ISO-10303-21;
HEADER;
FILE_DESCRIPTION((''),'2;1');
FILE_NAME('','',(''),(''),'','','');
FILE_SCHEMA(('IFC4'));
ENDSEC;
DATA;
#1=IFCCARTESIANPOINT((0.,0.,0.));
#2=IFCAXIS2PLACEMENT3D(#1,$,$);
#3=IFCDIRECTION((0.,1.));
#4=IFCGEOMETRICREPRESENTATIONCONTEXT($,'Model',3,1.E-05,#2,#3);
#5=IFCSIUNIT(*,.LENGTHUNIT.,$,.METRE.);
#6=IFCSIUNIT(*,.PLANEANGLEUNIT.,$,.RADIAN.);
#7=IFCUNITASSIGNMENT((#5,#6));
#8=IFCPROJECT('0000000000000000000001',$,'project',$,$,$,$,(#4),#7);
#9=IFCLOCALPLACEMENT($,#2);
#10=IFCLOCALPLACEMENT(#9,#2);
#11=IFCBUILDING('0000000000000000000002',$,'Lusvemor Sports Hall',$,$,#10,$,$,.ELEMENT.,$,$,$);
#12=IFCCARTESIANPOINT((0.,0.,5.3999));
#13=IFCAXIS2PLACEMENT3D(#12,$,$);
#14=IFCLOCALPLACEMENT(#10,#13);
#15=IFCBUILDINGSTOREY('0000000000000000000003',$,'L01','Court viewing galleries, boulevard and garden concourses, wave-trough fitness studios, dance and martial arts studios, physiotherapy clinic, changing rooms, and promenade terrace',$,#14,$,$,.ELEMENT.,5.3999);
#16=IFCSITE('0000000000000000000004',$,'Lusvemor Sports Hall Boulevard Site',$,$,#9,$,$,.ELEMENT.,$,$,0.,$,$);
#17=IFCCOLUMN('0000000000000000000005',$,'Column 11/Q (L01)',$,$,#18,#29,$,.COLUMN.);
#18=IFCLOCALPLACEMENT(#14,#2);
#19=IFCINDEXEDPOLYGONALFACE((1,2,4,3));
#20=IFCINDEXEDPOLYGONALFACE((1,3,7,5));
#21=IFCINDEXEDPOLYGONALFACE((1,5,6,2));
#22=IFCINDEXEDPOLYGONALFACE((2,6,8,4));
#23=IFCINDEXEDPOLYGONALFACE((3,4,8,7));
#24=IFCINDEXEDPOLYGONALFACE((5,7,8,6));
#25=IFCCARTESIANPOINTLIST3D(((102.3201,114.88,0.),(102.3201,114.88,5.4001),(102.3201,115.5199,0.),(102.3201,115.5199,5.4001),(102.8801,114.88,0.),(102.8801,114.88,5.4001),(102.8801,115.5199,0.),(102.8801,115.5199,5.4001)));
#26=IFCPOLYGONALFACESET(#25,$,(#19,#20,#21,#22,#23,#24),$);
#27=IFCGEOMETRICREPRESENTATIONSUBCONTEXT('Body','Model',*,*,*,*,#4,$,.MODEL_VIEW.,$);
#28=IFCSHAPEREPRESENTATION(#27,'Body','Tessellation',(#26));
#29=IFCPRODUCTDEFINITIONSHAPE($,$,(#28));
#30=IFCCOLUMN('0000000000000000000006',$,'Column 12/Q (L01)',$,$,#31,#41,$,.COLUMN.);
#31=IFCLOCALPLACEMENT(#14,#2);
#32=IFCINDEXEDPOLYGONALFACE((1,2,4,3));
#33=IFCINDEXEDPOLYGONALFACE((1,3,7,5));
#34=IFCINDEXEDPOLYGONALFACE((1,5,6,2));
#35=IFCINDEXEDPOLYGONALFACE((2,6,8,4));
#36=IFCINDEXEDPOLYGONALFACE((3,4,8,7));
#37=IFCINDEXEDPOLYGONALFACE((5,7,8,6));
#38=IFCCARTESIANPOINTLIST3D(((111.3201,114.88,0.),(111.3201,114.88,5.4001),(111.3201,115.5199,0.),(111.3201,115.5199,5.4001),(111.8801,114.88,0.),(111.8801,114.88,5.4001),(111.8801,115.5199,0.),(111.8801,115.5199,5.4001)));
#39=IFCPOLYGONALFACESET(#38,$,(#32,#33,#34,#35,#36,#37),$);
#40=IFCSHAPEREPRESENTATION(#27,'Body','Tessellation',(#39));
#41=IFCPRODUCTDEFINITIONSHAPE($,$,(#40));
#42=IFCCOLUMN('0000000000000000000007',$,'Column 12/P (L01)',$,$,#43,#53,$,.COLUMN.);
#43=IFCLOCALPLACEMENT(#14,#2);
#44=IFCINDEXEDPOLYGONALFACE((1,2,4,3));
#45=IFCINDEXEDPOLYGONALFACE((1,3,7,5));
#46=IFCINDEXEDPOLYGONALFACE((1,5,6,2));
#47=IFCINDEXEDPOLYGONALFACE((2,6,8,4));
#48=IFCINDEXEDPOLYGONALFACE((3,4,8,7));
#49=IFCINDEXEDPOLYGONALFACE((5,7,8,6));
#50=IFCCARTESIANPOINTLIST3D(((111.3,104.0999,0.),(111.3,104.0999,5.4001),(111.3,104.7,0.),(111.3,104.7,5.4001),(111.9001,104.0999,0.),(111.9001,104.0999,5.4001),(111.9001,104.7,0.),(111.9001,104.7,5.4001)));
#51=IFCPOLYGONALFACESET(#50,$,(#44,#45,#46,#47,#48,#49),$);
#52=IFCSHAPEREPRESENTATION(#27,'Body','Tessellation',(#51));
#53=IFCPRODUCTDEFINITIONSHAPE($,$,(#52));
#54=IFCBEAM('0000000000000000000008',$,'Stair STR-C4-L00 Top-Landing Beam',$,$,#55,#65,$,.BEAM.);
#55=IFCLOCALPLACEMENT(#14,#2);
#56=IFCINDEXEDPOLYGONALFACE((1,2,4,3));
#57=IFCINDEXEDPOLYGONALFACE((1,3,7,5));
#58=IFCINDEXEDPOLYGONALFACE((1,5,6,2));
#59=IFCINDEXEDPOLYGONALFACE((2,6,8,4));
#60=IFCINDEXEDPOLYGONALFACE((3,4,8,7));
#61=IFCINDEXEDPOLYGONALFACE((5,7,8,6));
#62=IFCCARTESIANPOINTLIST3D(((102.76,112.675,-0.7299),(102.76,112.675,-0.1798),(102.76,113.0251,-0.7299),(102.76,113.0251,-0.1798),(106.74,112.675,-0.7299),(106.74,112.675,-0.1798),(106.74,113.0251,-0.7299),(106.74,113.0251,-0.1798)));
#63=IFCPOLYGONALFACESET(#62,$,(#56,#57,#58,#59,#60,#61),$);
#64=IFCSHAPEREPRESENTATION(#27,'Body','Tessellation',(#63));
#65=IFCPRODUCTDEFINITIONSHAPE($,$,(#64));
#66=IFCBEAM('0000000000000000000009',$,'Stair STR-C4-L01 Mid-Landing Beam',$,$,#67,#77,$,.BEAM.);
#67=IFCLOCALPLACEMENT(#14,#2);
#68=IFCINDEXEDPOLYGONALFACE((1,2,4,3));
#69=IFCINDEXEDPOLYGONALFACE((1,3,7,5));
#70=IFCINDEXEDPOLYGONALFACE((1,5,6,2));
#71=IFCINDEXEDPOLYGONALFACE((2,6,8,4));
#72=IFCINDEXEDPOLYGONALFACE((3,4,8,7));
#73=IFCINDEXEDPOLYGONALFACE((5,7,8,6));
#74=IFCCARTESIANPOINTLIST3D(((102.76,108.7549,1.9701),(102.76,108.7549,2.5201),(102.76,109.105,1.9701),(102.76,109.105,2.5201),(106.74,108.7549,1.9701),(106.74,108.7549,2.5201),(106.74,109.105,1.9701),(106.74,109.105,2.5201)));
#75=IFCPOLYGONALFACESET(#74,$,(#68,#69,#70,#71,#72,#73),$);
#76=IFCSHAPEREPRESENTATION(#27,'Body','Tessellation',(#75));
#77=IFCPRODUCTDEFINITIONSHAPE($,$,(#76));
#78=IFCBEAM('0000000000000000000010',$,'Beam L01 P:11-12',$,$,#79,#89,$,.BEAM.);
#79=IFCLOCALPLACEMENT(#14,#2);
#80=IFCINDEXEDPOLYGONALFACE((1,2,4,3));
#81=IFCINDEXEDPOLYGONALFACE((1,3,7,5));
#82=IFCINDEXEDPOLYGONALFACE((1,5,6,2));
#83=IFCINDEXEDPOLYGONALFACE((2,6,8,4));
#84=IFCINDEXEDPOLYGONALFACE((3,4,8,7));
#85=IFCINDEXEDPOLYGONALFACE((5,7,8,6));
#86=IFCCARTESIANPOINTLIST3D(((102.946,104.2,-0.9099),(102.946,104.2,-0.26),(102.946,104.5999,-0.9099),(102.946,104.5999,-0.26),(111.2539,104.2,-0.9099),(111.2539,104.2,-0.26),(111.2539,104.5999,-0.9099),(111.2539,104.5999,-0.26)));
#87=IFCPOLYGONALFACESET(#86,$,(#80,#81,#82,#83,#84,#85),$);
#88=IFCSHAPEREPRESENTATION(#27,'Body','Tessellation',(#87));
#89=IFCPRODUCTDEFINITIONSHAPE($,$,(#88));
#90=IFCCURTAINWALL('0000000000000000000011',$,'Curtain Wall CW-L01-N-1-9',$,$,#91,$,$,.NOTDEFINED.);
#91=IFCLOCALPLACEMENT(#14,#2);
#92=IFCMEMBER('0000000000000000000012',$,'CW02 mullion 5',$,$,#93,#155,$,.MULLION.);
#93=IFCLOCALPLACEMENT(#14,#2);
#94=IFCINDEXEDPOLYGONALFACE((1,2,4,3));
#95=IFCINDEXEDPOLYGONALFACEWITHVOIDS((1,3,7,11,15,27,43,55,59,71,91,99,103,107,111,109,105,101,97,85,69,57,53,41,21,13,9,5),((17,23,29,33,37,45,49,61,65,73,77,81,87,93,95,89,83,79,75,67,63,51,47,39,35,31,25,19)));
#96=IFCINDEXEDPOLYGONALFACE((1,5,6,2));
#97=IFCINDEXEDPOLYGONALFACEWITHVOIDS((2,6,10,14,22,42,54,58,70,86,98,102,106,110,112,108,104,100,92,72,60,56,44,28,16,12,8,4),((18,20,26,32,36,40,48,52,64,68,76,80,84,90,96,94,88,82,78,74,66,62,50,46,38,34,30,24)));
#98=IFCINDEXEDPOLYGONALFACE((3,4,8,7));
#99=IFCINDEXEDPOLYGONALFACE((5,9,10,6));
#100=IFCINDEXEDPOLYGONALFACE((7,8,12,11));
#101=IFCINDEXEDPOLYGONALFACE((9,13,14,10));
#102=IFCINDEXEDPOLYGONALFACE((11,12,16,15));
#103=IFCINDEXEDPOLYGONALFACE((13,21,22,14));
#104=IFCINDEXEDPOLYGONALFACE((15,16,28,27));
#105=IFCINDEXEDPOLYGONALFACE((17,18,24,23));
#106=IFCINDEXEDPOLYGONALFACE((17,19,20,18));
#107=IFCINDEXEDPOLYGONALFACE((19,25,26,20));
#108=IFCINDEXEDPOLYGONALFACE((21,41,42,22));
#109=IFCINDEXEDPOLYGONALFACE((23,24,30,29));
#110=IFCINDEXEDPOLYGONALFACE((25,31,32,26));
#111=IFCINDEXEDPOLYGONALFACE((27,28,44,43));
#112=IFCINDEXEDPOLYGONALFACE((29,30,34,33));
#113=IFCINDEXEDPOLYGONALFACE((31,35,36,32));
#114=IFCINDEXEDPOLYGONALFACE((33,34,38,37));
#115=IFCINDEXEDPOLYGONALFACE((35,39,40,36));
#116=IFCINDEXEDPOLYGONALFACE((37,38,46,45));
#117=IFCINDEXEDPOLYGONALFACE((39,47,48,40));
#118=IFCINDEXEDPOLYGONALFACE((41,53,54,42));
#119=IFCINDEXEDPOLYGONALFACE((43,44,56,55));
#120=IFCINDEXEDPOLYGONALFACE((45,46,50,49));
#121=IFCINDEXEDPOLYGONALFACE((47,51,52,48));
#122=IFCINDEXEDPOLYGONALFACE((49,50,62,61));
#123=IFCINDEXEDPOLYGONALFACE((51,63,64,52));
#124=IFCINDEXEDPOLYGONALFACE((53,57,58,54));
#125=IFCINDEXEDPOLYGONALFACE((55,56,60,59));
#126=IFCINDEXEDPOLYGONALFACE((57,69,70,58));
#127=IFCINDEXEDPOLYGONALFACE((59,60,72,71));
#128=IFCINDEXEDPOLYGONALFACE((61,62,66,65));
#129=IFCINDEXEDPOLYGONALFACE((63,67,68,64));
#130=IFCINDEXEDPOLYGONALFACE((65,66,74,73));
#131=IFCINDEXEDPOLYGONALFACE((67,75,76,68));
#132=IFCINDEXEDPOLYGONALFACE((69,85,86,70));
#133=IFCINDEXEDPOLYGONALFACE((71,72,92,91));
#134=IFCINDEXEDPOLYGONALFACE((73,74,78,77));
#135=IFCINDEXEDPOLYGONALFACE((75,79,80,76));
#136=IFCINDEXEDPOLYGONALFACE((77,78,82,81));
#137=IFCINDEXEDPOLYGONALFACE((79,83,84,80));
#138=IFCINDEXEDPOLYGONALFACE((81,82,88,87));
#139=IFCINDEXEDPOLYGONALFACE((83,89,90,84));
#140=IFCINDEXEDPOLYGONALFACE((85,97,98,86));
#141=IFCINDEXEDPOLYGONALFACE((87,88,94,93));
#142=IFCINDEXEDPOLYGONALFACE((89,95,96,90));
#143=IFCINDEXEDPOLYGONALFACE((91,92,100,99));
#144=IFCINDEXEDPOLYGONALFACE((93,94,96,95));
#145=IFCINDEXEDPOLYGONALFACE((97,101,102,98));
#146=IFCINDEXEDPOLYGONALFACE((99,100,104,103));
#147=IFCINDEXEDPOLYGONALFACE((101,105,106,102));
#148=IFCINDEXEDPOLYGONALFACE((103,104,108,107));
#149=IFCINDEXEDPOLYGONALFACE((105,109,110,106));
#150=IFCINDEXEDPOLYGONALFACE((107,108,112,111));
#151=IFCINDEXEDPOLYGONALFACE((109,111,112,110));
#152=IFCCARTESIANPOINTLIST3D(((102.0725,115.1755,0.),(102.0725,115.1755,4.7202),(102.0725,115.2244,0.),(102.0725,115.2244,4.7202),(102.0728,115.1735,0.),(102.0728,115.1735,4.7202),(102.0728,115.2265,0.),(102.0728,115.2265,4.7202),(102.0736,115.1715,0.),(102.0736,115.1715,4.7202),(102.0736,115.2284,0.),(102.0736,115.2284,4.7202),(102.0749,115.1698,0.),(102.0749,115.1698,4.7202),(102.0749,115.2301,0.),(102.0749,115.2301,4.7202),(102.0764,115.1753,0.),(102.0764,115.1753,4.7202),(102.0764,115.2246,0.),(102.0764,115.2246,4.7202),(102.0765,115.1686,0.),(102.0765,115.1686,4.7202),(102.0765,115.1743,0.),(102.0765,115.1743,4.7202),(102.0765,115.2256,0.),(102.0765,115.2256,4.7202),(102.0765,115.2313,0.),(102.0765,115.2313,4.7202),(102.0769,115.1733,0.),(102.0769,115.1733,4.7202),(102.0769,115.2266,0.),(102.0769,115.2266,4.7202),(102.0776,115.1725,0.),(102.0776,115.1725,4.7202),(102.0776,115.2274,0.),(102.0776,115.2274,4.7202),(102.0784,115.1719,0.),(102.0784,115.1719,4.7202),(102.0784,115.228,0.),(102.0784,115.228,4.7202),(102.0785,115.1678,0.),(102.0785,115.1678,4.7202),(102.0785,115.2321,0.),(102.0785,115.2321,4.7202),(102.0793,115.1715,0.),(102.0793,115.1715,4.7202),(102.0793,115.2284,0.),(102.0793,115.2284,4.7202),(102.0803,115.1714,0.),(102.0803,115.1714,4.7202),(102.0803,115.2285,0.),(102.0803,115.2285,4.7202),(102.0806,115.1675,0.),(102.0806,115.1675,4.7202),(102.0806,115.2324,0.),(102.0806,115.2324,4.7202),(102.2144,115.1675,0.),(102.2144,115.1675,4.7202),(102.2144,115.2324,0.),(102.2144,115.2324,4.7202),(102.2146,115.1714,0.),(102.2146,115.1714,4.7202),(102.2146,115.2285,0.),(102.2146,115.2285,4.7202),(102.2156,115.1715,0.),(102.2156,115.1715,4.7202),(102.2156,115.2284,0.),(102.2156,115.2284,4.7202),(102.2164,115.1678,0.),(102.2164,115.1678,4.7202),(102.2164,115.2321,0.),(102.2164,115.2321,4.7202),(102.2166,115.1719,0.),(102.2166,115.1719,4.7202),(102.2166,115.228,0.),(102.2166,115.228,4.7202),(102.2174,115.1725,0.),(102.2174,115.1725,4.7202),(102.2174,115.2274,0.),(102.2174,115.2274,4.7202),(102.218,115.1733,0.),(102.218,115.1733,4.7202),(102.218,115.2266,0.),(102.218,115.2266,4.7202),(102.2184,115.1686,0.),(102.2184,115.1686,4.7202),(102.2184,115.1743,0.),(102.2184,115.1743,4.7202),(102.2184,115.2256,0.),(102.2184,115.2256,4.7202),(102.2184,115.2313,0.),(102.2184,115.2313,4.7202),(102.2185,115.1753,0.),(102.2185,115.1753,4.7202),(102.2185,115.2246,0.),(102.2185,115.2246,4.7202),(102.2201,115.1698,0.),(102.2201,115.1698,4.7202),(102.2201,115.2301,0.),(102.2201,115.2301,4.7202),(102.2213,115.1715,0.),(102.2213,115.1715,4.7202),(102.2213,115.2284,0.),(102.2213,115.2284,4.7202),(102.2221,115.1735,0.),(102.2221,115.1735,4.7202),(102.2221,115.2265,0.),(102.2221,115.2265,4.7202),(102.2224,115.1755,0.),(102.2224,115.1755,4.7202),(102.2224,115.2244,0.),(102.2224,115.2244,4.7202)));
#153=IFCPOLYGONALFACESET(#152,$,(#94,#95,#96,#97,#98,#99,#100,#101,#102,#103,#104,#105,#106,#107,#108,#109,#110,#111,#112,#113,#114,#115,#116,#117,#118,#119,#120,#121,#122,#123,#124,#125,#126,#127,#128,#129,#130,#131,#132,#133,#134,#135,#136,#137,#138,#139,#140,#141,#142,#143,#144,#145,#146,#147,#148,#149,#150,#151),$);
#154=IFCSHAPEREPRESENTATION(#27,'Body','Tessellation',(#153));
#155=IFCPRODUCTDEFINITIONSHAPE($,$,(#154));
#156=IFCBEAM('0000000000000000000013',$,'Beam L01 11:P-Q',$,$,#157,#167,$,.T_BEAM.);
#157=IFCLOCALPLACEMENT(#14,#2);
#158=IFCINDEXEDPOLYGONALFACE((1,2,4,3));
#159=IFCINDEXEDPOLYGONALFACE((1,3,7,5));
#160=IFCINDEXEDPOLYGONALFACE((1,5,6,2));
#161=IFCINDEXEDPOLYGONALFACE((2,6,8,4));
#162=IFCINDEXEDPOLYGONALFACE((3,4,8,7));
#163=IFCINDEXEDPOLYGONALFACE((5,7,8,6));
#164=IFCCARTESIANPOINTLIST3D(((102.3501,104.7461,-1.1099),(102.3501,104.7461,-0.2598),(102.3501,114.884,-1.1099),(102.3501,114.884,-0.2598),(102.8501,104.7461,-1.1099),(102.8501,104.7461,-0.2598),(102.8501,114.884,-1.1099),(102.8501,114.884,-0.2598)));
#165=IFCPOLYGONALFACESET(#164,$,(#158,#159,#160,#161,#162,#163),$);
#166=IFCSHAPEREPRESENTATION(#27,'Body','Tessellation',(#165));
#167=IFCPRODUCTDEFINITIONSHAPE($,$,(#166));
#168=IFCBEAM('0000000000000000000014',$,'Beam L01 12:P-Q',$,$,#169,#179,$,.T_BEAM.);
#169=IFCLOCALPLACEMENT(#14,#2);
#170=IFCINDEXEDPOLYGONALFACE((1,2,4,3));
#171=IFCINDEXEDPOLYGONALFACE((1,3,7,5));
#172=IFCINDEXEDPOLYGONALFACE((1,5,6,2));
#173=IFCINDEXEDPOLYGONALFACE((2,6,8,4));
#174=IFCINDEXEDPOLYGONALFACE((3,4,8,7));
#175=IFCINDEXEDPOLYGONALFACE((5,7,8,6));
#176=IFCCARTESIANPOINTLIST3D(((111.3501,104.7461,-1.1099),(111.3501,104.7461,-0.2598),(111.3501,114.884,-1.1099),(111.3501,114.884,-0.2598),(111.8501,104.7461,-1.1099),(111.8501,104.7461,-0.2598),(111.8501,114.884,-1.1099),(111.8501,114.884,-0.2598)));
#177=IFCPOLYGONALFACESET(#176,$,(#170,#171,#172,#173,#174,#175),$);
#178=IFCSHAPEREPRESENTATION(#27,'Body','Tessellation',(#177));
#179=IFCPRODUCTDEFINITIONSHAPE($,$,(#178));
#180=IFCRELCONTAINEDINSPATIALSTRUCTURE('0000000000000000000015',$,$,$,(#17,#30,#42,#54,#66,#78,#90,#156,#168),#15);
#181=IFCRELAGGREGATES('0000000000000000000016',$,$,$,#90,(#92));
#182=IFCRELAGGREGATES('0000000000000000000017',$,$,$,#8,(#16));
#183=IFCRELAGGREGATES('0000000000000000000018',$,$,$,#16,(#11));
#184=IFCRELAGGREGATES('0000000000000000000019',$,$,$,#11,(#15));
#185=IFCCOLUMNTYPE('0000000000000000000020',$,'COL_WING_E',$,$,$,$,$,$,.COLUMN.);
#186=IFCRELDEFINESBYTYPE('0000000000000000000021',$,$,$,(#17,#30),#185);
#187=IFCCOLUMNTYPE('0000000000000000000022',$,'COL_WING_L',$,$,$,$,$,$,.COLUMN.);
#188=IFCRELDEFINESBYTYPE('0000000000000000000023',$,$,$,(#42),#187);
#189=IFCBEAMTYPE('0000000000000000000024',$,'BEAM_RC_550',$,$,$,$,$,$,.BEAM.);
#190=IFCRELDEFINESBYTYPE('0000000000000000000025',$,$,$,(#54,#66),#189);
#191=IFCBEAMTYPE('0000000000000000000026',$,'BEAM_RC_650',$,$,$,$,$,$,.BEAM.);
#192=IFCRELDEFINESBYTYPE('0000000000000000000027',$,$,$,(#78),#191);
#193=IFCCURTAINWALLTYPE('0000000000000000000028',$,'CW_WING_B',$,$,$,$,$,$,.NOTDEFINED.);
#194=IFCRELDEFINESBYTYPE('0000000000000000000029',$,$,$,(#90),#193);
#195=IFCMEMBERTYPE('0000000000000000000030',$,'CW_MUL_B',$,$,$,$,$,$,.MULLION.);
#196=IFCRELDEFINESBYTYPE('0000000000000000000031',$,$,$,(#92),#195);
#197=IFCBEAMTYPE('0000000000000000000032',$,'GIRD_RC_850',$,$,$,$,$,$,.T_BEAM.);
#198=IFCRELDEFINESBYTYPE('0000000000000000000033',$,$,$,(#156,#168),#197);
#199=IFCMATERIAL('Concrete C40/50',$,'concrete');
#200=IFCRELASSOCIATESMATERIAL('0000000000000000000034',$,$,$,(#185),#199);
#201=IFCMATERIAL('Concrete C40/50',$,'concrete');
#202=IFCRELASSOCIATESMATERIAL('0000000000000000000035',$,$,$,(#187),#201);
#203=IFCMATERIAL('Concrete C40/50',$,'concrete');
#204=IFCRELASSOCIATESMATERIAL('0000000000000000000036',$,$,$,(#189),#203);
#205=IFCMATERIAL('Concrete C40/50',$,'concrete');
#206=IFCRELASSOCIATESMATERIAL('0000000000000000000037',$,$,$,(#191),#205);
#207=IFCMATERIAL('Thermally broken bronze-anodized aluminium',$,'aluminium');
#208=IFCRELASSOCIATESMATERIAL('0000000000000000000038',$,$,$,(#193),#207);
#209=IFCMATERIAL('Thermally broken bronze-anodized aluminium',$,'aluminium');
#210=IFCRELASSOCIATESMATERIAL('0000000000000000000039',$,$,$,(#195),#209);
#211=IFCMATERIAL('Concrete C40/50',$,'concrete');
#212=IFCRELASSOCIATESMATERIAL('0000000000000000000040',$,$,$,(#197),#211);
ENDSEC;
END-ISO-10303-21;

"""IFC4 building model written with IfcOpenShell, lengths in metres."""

from ifc_helpers import new_model, si_unit, direction, frame, origin, origin_2d, place, context, subcontext, project, spatial, rectangle, hollow_rectangle, extrude, material, material_profile, profile_set, type_object, element, aggregate, save


model = new_model("IFC4")

# Units and contexts
model_context = context("Model", 3, precision=1e-05, world=origin(), true_north=direction((0.0, 1.0)))
body_context = subcontext(model_context, "Body", "Model", "MODEL_VIEW")
ifc_project = project(units=[si_unit("LENGTHUNIT", "METRE"), si_unit("PLANEANGLEUNIT", "RADIAN")], contexts=[model_context])

# Site, building, storey
site_placement = place(None, origin())
site = spatial("IfcSite", under=ifc_project, at=site_placement, Name="Lusvemor Sports Hall Boulevard Site", CompositionType="ELEMENT", RefElevation=0.0)
building_placement = place(site_placement, origin())
building = spatial("IfcBuilding", under=site, at=building_placement, Name="Lusvemor Sports Hall", CompositionType="ELEMENT")
storey_placement = place(building_placement, frame((0.0, 0.0, 5.3999)))
storey = spatial("IfcBuildingStorey", under=building, at=storey_placement, Name="L01", Description="Court viewing galleries, boulevard and garden concourses, wave-trough fitness studios, dance and martial arts studios, physiotherapy clinic, changing rooms, and promenade terrace", CompositionType="ELEMENT", Elevation=5.3999)

# Columns
ifc_material_1 = material(Name="Concrete C40/50", Category="concrete")
ifc_material_profile_1 = material_profile(ifc_material_1, rectangle(XDim=0.5601, YDim=0.6399, at=origin_2d()), Name="RC560x640")
ifc_profile_set_1 = profile_set([ifc_material_profile_1], Name="Concrete C40/50")
column_type_1 = type_object("IfcColumnType", Name="COL_WING_E", PredefinedType="COLUMN", material=ifc_profile_set_1)
for number, where, z_axis, x_axis, name in (
    (1, (102.6001, 115.2, 0.0), (0.0, 0.0, 1.0), (1.0, 0.0, 0.0), "Column 11/Q (L01)"),
    (2, (111.6001, 115.2, 0.0), (0.0, 0.0, 1.0), (1.0, 0.0, 0.0), "Column 12/Q (L01)"),
):
    element("IfcColumn", number, at=place(storey_placement, frame(where, z_axis=z_axis, x_axis=x_axis)), inside=storey, type_object=column_type_1, Name=name, PredefinedType="COLUMN", context=body_context, shape_type="SweptSolid", body=[
        extrude(rectangle(XDim=0.5601, YDim=0.6399, at=origin_2d()), origin(), (0.0, 0.0, 1.0), 5.4001),
    ])
ifc_material_2 = material(Name="Concrete C40/50", Category="concrete")
ifc_material_profile_2 = material_profile(ifc_material_2, rectangle(XDim=0.6001, YDim=0.6001, at=origin_2d()), Name="RC600x600")
ifc_profile_set_2 = profile_set([ifc_material_profile_2], Name="Concrete C40/50")
column_type_2 = type_object("IfcColumnType", Name="COL_WING_L", PredefinedType="COLUMN", material=ifc_profile_set_2)
column_placement = place(storey_placement, frame((111.6001, 104.3999, 0.0), z_axis=(0.0, 0.0, 1.0), x_axis=(1.0, 0.0, 0.0)))
element("IfcColumn", 3, at=column_placement, inside=storey, type_object=column_type_2, Name="Column 12/P (L01)", PredefinedType="COLUMN", context=body_context, shape_type="SweptSolid", body=[
    extrude(rectangle(XDim=0.6001, YDim=0.6001, at=origin_2d()), origin(), (0.0, 0.0, 1.0), 5.4001),
])

# Beams
ifc_material_3 = material(Name="Concrete C40/50", Category="concrete")
ifc_material_profile_3 = material_profile(ifc_material_3, rectangle(XDim=0.3501, YDim=0.55, at=origin_2d()), Name="RC350x550")
ifc_profile_set_3 = profile_set([ifc_material_profile_3], Name="Concrete C40/50")
beam_type_1 = type_object("IfcBeamType", Name="BEAM_RC_550", PredefinedType="BEAM", material=ifc_profile_set_3)
for number, where, z_axis, x_axis, name in (
    (4, (102.76, 112.8501, -0.4548), (1.0, 0.0, 0.0), (0.0, 1.0, 0.0), "Stair STR-C4-L00 Top-Landing Beam"),
    (5, (102.76, 108.9299, 2.2451), (1.0, 0.0, 0.0), (0.0, 1.0, 0.0), "Stair STR-C4-L01 Mid-Landing Beam"),
):
    element("IfcBeam", number, at=place(storey_placement, frame(where, z_axis=z_axis, x_axis=x_axis)), inside=storey, type_object=beam_type_1, Name=name, PredefinedType="BEAM", context=body_context, shape_type="SweptSolid", body=[
        extrude(rectangle(XDim=0.3501, YDim=0.55, at=origin_2d()), origin(), (0.0, 0.0, 1.0), 3.98),
    ])
ifc_material_4 = material(Name="Concrete C40/50", Category="concrete")
ifc_material_profile_4 = material_profile(ifc_material_4, rectangle(XDim=0.3999, YDim=0.6499, at=origin_2d()), Name="RC400x650")
ifc_profile_set_4 = profile_set([ifc_material_profile_4], Name="Concrete C40/50")
beam_type_2 = type_object("IfcBeamType", Name="BEAM_RC_650", PredefinedType="BEAM", material=ifc_profile_set_4)
beam_1_placement = place(storey_placement, frame((102.946, 104.3999, -0.585), z_axis=(1.0, 0.0, 0.0), x_axis=(0.0, 1.0, 0.0)))
element("IfcBeam", 6, at=beam_1_placement, inside=storey, type_object=beam_type_2, Name="Beam L01 P:11-12", PredefinedType="BEAM", context=body_context, shape_type="SweptSolid", body=[
    extrude(rectangle(XDim=0.3999, YDim=0.6499, at=origin_2d()), origin(), (0.0, 0.0, 1.0), 8.3079),
])

# Curtain wall, member
ifc_material_5 = material(Name="Thermally broken bronze-anodized aluminium", Category="aluminium")
curtain_wall_type = type_object("IfcCurtainWallType", Name="CW_WING_B", PredefinedType="NOTDEFINED", material=ifc_material_5)
curtain_wall_placement = place(storey_placement, origin())
curtain_wall = element("IfcCurtainWall", 7, at=curtain_wall_placement, inside=storey, type_object=curtain_wall_type, Name="Curtain Wall CW-L01-N-1-9", PredefinedType="NOTDEFINED")
ifc_material_6 = material(Name="Thermally broken bronze-anodized aluminium", Category="aluminium")
ifc_material_profile_5 = material_profile(ifc_material_6, hollow_rectangle(XDim=0.0649, YDim=0.1499, WallThickness=0.0039, InnerFilletRadius=0.0039, OuterFilletRadius=0.0081, at=origin_2d()), Name="CWMUL150x65x4")
ifc_profile_set_5 = profile_set([ifc_material_profile_5], Name="Thermally broken bronze-anodized aluminium")
member_type = type_object("IfcMemberType", Name="CW_MUL_B", PredefinedType="MULLION", material=ifc_profile_set_5)
member_placement = place(storey_placement, frame((102.1475, 115.2, 0.0), z_axis=(0.0, 0.0, 1.0), x_axis=(0.0, 1.0, 0.0)))
member = element("IfcMember", 8, at=member_placement, type_object=member_type, Name="CW02 mullion 5", PredefinedType="MULLION", context=body_context, shape_type="SweptSolid", body=[
    extrude(hollow_rectangle(XDim=0.0649, YDim=0.1499, WallThickness=0.0039, InnerFilletRadius=0.0039, OuterFilletRadius=0.0081, at=origin_2d()), origin(), (0.0, 0.0, 1.0), 4.7202),
])

# Beams
ifc_material_7 = material(Name="Concrete C40/50", Category="concrete")
ifc_material_profile_6 = material_profile(ifc_material_7, rectangle(XDim=0.5, YDim=0.8501, at=origin_2d()), Name="RC500x850")
ifc_profile_set_6 = profile_set([ifc_material_profile_6], Name="Concrete C40/50")
beam_type_3 = type_object("IfcBeamType", Name="GIRD_RC_850", PredefinedType="T_BEAM", material=ifc_profile_set_6)
for number, where, z_axis, x_axis, name in (
    (9, (102.6001, 104.7461, -0.6848), (0.0, 1.0, 0.0), (-1.0, 0.0, 0.0), "Beam L01 11:P-Q"),
    (10, (111.6001, 104.7461, -0.6848), (0.0, 1.0, 0.0), (-1.0, 0.0, 0.0), "Beam L01 12:P-Q"),
):
    element("IfcBeam", number, at=place(storey_placement, frame(where, z_axis=z_axis, x_axis=x_axis)), inside=storey, type_object=beam_type_3, Name=name, PredefinedType="T_BEAM", context=body_context, shape_type="SweptSolid", body=[
        extrude(rectangle(XDim=0.5, YDim=0.8501, at=origin_2d()), origin(), (0.0, 0.0, 1.0), 10.1379),
    ])

aggregate(curtain_wall, [member])

save(model, "model.ifc")
